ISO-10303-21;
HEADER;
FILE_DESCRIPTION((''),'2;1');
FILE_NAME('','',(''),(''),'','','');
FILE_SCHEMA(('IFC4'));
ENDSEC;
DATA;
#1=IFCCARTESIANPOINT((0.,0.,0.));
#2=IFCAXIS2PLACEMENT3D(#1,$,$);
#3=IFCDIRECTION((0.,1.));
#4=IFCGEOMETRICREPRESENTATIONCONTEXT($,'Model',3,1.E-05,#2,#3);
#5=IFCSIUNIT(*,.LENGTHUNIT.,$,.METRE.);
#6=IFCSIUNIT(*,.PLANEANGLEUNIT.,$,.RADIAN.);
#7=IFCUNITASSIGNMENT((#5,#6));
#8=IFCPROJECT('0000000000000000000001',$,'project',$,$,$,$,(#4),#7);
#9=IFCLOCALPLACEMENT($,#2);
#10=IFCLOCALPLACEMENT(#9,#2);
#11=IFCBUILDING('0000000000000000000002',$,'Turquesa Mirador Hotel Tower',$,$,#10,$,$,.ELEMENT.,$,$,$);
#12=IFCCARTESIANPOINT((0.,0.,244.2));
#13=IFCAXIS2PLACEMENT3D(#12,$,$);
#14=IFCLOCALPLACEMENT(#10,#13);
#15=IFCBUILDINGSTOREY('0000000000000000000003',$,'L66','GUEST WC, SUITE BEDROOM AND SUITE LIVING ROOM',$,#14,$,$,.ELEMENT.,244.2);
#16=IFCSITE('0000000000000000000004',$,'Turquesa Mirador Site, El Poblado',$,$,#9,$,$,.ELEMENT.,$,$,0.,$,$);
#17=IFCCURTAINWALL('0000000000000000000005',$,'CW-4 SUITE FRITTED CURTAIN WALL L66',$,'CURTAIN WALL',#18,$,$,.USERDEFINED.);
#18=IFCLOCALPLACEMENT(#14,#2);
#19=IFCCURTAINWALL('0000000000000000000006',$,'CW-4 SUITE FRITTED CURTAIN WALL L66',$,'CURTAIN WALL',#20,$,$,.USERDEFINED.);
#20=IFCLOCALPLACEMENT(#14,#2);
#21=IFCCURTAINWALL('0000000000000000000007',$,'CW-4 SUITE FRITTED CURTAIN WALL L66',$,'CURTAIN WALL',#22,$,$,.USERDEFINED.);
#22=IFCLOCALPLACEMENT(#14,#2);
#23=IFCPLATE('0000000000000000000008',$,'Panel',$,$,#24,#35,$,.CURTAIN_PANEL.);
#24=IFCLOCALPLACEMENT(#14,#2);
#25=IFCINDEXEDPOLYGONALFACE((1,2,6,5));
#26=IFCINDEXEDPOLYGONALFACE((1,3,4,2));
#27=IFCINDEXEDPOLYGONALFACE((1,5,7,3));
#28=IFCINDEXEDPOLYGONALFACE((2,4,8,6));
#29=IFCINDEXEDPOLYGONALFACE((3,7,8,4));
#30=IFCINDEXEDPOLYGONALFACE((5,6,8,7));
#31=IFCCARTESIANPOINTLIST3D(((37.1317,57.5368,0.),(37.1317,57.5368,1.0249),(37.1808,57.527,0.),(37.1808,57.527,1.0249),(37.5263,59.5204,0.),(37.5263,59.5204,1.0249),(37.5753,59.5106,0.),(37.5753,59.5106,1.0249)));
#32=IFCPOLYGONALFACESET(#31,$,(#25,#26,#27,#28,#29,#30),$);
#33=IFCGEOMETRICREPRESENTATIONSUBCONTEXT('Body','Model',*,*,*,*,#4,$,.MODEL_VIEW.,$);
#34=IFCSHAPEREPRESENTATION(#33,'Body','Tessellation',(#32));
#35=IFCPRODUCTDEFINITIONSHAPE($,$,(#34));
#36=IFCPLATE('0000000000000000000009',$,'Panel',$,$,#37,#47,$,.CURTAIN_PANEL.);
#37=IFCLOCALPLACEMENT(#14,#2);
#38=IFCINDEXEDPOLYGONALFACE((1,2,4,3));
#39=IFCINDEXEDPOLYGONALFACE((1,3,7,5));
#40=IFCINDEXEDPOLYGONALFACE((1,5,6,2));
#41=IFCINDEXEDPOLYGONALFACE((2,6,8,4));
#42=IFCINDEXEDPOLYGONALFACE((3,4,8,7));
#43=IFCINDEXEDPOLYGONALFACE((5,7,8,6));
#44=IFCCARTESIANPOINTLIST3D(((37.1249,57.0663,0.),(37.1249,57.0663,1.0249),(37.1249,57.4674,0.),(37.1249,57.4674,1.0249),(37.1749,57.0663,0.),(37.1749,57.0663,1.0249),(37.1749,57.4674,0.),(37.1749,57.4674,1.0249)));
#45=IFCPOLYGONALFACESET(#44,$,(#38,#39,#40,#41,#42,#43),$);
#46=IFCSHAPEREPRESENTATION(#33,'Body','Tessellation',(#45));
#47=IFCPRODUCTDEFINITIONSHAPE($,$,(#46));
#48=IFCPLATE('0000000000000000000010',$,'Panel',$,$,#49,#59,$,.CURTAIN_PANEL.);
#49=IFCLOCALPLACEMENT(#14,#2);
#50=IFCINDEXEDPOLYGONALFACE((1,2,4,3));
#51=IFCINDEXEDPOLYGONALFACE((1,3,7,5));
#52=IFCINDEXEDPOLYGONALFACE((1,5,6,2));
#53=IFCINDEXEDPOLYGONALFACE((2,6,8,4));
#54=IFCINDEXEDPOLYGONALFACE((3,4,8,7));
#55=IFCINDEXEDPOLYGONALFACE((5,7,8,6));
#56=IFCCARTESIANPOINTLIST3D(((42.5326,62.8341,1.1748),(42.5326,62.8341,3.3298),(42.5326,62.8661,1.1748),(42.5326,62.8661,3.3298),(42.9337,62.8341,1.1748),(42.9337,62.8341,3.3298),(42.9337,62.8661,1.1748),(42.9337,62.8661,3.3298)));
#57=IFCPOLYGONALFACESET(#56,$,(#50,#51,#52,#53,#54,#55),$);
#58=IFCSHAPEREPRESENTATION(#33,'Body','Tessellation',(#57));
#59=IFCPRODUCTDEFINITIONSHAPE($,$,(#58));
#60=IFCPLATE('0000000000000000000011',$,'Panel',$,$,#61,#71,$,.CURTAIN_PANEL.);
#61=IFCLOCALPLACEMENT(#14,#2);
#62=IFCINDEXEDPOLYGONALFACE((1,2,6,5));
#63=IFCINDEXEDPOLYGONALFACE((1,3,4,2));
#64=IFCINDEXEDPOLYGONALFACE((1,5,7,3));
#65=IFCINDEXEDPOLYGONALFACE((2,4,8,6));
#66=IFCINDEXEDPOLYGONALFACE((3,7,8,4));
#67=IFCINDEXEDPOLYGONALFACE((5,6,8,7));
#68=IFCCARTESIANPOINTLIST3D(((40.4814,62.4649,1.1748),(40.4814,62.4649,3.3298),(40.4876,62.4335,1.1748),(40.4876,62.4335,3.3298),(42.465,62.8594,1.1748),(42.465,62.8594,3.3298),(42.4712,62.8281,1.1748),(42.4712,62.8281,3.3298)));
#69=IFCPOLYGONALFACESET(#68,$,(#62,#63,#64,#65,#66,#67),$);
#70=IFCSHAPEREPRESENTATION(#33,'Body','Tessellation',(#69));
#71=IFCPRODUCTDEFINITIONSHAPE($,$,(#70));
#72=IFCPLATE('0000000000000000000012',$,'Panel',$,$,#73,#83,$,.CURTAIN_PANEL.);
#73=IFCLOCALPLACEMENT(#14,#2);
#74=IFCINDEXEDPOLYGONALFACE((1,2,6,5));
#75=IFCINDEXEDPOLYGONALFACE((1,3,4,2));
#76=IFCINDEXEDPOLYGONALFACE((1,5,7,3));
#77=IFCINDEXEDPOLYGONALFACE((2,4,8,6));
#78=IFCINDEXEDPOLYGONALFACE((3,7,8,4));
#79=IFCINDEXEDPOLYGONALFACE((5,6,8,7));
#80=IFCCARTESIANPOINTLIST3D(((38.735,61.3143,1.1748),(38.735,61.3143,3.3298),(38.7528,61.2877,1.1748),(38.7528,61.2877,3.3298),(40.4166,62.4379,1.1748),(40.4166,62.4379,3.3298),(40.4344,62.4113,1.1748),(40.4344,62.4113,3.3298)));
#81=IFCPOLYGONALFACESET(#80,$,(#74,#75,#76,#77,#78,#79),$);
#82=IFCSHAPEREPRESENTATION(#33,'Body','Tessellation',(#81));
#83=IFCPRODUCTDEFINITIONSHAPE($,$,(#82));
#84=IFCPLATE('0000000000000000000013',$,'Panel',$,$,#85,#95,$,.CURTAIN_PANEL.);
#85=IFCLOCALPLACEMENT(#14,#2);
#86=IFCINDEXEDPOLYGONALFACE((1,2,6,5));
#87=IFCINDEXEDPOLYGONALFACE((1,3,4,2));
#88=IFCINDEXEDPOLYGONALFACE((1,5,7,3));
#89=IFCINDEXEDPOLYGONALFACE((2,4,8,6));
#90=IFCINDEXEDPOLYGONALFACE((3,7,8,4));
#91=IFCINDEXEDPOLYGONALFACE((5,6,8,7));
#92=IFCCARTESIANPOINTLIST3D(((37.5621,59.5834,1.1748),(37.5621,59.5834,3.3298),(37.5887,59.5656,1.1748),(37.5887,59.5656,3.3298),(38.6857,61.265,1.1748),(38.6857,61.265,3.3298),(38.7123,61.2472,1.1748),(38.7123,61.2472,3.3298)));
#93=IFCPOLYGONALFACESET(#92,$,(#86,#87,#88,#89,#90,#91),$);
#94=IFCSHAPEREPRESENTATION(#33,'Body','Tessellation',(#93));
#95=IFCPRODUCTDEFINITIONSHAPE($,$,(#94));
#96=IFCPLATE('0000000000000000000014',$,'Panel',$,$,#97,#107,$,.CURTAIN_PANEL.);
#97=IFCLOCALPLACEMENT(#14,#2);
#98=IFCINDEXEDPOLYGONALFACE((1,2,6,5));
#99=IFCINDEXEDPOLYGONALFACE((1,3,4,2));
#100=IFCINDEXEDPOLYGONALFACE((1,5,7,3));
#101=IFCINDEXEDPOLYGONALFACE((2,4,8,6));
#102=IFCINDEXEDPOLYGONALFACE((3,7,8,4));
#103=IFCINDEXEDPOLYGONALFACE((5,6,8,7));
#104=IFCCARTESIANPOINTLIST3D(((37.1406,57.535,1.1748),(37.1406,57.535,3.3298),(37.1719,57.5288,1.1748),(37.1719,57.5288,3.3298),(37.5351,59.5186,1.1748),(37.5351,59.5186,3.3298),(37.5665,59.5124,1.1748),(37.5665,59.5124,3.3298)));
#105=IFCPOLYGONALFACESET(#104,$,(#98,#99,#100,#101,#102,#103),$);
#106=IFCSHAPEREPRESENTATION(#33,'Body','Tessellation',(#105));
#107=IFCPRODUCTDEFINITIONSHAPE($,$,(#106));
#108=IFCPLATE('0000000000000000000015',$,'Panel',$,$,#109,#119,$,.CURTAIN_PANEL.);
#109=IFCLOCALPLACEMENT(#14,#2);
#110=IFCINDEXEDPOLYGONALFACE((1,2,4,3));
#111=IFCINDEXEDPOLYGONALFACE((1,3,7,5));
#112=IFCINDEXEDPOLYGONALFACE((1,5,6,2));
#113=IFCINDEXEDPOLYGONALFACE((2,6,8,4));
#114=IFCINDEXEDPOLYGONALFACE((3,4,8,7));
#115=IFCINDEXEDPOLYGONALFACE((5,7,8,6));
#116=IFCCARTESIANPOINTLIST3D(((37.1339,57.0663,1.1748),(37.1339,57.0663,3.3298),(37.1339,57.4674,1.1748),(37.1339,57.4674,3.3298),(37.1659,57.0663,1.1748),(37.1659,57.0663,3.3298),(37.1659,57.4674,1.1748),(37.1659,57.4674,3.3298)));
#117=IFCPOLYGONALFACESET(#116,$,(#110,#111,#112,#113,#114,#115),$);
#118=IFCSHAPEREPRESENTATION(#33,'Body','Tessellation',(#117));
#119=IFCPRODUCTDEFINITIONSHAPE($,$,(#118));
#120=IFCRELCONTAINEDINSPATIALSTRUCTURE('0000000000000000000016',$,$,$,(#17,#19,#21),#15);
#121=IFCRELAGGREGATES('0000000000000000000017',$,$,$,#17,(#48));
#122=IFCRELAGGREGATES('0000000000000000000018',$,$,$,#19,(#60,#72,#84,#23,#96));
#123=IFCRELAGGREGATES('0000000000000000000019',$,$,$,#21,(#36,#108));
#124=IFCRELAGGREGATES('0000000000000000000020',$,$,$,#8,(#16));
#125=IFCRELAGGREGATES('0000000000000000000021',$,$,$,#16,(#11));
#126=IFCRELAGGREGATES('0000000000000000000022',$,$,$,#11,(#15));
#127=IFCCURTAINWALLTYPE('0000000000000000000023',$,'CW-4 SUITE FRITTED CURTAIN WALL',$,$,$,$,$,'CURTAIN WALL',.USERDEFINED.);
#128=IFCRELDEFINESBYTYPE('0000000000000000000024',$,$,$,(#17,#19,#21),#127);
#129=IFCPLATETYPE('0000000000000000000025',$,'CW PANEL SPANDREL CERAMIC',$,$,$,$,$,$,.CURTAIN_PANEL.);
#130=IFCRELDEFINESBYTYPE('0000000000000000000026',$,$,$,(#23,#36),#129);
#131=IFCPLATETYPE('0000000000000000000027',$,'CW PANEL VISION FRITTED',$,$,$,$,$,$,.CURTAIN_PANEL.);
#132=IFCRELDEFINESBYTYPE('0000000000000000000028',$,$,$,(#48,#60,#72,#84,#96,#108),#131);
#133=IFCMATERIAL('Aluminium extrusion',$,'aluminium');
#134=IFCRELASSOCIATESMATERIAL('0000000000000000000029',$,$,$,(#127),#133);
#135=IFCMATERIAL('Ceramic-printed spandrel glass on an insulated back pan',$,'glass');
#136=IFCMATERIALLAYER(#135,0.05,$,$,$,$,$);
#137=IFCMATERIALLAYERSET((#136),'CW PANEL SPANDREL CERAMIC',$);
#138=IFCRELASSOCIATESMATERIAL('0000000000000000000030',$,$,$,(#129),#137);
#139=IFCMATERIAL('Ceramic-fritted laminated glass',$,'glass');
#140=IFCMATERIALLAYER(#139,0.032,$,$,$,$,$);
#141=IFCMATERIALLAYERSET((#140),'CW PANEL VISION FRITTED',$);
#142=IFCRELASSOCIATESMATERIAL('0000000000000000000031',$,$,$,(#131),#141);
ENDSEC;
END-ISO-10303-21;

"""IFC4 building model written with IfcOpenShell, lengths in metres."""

from ifc_helpers import new_model, si_unit, direction, frame, origin, origin_2d, place, context, subcontext, project, spatial, rectangle, extrude, material, layer, layer_set, type_object, element, aggregate, save


model = new_model("IFC4")

# Units and contexts
model_context = context("Model", 3, precision=1e-05, world=origin(), true_north=direction((0.0, 1.0)))
body_context = subcontext(model_context, "Body", "Model", "MODEL_VIEW")
ifc_project = project(units=[si_unit("LENGTHUNIT", "METRE"), si_unit("PLANEANGLEUNIT", "RADIAN")], contexts=[model_context])

# Site, building, storey
site_placement = place(None, origin())
site = spatial("IfcSite", under=ifc_project, at=site_placement, Name="Turquesa Mirador Site, El Poblado", CompositionType="ELEMENT", RefElevation=0.0)
building_placement = place(site_placement, origin())
building = spatial("IfcBuilding", under=site, at=building_placement, Name="Turquesa Mirador Hotel Tower", CompositionType="ELEMENT")
storey_placement = place(building_placement, frame((0.0, 0.0, 244.2)))
storey = spatial("IfcBuildingStorey", under=building, at=storey_placement, Name="L66", Description="GUEST WC, SUITE BEDROOM AND SUITE LIVING ROOM", CompositionType="ELEMENT", Elevation=244.2)

# Curtain walls
ifc_material_1 = material(Name="Aluminium extrusion", Category="aluminium")
curtain_wall_type = type_object("IfcCurtainWallType", Name="CW-4 SUITE FRITTED CURTAIN WALL", ElementType="CURTAIN WALL", PredefinedType="USERDEFINED", material=ifc_material_1)
curtain_wall_1_placement = place(storey_placement, origin())
curtain_wall_1 = element("IfcCurtainWall", 1, at=curtain_wall_1_placement, inside=storey, type_object=curtain_wall_type, Name="CW-4 SUITE FRITTED CURTAIN WALL L66", ObjectType="CURTAIN WALL", PredefinedType="USERDEFINED")
curtain_wall_2_placement = place(storey_placement, origin())
curtain_wall_2 = element("IfcCurtainWall", 2, at=curtain_wall_2_placement, inside=storey, type_object=curtain_wall_type, Name="CW-4 SUITE FRITTED CURTAIN WALL L66", ObjectType="CURTAIN WALL", PredefinedType="USERDEFINED")
curtain_wall_3_placement = place(storey_placement, origin())
curtain_wall_3 = element("IfcCurtainWall", 3, at=curtain_wall_3_placement, inside=storey, type_object=curtain_wall_type, Name="CW-4 SUITE FRITTED CURTAIN WALL L66", ObjectType="CURTAIN WALL", PredefinedType="USERDEFINED")

# Plates
ifc_material_2 = material(Name="Ceramic-printed spandrel glass on an insulated back pan", Category="glass")
ifc_layer_1 = layer(ifc_material_2, 0.05)
ifc_layer_set_1 = layer_set([ifc_layer_1], Name="CW PANEL SPANDREL CERAMIC")
plate_type_1 = type_object("IfcPlateType", Name="CW PANEL SPANDREL CERAMIC", PredefinedType="CURTAIN_PANEL", material=ifc_layer_set_1)
plate_1_placement = place(storey_placement, frame((37.3535, 58.5237, 0.0), z_axis=(0.0, 0.0, 1.0), x_axis=(-0.195091, -0.980785, 0.0)))
plate_1 = element("IfcPlate", 4, at=plate_1_placement, type_object=plate_type_1, Name="Panel", PredefinedType="CURTAIN_PANEL", context=body_context, shape_type="SweptSolid", body=[
    extrude(rectangle(XDim=2.0225, YDim=0.05, at=origin_2d()), origin(), (0.0, 0.0, 1.0), 1.0249),
])
plate_2_placement = place(storey_placement, frame((37.1499, 57.2668, 0.0), z_axis=(0.0, 0.0, 1.0), x_axis=(0.0, -1.0, 0.0)))
plate_2 = element("IfcPlate", 5, at=plate_2_placement, type_object=plate_type_1, Name="Panel", PredefinedType="CURTAIN_PANEL", context=body_context, shape_type="SweptSolid", body=[
    extrude(rectangle(XDim=0.4011, YDim=0.05, at=origin_2d()), origin(), (0.0, 0.0, 1.0), 1.0249),
])
ifc_material_3 = material(Name="Ceramic-fritted laminated glass", Category="glass")
ifc_layer_2 = layer(ifc_material_3, 0.032)
ifc_layer_set_2 = layer_set([ifc_layer_2], Name="CW PANEL VISION FRITTED")
plate_type_2 = type_object("IfcPlateType", Name="CW PANEL VISION FRITTED", PredefinedType="CURTAIN_PANEL", material=ifc_layer_set_2)
plate_3_placement = place(storey_placement, frame((42.7332, 62.8501, 1.1748), z_axis=(0.0, 0.0, 1.0), x_axis=(-1.0, 0.0, 0.0)))
plate_3 = element("IfcPlate", 6, at=plate_3_placement, type_object=plate_type_2, Name="Panel", PredefinedType="CURTAIN_PANEL", context=body_context, shape_type="SweptSolid", body=[
    extrude(rectangle(XDim=0.4011, YDim=0.032, at=origin_2d()), origin(), (0.0, 0.0, 1.0), 2.155),
])
aggregate(curtain_wall_1, [plate_3])
plate_4_placement = place(storey_placement, frame((41.4763, 62.6465, 1.1748), z_axis=(0.0, 0.0, 1.0), x_axis=(-0.980785, -0.195091, 0.0)))
plate_4 = element("IfcPlate", 7, at=plate_4_placement, type_object=plate_type_2, Name="Panel", PredefinedType="CURTAIN_PANEL", context=body_context, shape_type="SweptSolid", body=[
    extrude(rectangle(XDim=2.0225, YDim=0.032, at=origin_2d()), origin(), (0.0, 0.0, 1.0), 2.155),
])
plate_5_placement = place(storey_placement, frame((39.5847, 61.8628, 1.1748), z_axis=(0.0, 0.0, 1.0), x_axis=(-0.83147, -0.55557, 0.0)))
plate_5 = element("IfcPlate", 8, at=plate_5_placement, type_object=plate_type_2, Name="Panel", PredefinedType="CURTAIN_PANEL", context=body_context, shape_type="SweptSolid", body=[
    extrude(rectangle(XDim=2.0225, YDim=0.032, at=origin_2d()), origin(), (0.0, 0.0, 1.0), 2.155),
])
plate_6_placement = place(storey_placement, frame((38.1372, 60.4153, 1.1748), z_axis=(0.0, 0.0, 1.0), x_axis=(-0.55557, -0.83147, 0.0)))
plate_6 = element("IfcPlate", 9, at=plate_6_placement, type_object=plate_type_2, Name="Panel", PredefinedType="CURTAIN_PANEL", context=body_context, shape_type="SweptSolid", body=[
    extrude(rectangle(XDim=2.0225, YDim=0.032, at=origin_2d()), origin(), (0.0, 0.0, 1.0), 2.155),
])
plate_7_placement = place(storey_placement, frame((37.3535, 58.5237, 1.1748), z_axis=(0.0, 0.0, 1.0), x_axis=(-0.195091, -0.980785, 0.0)))
plate_7 = element("IfcPlate", 10, at=plate_7_placement, type_object=plate_type_2, Name="Panel", PredefinedType="CURTAIN_PANEL", context=body_context, shape_type="SweptSolid", body=[
    extrude(rectangle(XDim=2.0225, YDim=0.032, at=origin_2d()), origin(), (0.0, 0.0, 1.0), 2.155),
])
aggregate(curtain_wall_2, [plate_4, plate_5, plate_6, plate_1, plate_7])
plate_8_placement = place(storey_placement, frame((37.1499, 57.2668, 1.1748), z_axis=(0.0, 0.0, 1.0), x_axis=(0.0, -1.0, 0.0)))
plate_8 = element("IfcPlate", 11, at=plate_8_placement, type_object=plate_type_2, Name="Panel", PredefinedType="CURTAIN_PANEL", context=body_context, shape_type="SweptSolid", body=[
    extrude(rectangle(XDim=0.4011, YDim=0.032, at=origin_2d()), origin(), (0.0, 0.0, 1.0), 2.155),
])
aggregate(curtain_wall_3, [plate_2, plate_8])

save(model, "model.ifc")
